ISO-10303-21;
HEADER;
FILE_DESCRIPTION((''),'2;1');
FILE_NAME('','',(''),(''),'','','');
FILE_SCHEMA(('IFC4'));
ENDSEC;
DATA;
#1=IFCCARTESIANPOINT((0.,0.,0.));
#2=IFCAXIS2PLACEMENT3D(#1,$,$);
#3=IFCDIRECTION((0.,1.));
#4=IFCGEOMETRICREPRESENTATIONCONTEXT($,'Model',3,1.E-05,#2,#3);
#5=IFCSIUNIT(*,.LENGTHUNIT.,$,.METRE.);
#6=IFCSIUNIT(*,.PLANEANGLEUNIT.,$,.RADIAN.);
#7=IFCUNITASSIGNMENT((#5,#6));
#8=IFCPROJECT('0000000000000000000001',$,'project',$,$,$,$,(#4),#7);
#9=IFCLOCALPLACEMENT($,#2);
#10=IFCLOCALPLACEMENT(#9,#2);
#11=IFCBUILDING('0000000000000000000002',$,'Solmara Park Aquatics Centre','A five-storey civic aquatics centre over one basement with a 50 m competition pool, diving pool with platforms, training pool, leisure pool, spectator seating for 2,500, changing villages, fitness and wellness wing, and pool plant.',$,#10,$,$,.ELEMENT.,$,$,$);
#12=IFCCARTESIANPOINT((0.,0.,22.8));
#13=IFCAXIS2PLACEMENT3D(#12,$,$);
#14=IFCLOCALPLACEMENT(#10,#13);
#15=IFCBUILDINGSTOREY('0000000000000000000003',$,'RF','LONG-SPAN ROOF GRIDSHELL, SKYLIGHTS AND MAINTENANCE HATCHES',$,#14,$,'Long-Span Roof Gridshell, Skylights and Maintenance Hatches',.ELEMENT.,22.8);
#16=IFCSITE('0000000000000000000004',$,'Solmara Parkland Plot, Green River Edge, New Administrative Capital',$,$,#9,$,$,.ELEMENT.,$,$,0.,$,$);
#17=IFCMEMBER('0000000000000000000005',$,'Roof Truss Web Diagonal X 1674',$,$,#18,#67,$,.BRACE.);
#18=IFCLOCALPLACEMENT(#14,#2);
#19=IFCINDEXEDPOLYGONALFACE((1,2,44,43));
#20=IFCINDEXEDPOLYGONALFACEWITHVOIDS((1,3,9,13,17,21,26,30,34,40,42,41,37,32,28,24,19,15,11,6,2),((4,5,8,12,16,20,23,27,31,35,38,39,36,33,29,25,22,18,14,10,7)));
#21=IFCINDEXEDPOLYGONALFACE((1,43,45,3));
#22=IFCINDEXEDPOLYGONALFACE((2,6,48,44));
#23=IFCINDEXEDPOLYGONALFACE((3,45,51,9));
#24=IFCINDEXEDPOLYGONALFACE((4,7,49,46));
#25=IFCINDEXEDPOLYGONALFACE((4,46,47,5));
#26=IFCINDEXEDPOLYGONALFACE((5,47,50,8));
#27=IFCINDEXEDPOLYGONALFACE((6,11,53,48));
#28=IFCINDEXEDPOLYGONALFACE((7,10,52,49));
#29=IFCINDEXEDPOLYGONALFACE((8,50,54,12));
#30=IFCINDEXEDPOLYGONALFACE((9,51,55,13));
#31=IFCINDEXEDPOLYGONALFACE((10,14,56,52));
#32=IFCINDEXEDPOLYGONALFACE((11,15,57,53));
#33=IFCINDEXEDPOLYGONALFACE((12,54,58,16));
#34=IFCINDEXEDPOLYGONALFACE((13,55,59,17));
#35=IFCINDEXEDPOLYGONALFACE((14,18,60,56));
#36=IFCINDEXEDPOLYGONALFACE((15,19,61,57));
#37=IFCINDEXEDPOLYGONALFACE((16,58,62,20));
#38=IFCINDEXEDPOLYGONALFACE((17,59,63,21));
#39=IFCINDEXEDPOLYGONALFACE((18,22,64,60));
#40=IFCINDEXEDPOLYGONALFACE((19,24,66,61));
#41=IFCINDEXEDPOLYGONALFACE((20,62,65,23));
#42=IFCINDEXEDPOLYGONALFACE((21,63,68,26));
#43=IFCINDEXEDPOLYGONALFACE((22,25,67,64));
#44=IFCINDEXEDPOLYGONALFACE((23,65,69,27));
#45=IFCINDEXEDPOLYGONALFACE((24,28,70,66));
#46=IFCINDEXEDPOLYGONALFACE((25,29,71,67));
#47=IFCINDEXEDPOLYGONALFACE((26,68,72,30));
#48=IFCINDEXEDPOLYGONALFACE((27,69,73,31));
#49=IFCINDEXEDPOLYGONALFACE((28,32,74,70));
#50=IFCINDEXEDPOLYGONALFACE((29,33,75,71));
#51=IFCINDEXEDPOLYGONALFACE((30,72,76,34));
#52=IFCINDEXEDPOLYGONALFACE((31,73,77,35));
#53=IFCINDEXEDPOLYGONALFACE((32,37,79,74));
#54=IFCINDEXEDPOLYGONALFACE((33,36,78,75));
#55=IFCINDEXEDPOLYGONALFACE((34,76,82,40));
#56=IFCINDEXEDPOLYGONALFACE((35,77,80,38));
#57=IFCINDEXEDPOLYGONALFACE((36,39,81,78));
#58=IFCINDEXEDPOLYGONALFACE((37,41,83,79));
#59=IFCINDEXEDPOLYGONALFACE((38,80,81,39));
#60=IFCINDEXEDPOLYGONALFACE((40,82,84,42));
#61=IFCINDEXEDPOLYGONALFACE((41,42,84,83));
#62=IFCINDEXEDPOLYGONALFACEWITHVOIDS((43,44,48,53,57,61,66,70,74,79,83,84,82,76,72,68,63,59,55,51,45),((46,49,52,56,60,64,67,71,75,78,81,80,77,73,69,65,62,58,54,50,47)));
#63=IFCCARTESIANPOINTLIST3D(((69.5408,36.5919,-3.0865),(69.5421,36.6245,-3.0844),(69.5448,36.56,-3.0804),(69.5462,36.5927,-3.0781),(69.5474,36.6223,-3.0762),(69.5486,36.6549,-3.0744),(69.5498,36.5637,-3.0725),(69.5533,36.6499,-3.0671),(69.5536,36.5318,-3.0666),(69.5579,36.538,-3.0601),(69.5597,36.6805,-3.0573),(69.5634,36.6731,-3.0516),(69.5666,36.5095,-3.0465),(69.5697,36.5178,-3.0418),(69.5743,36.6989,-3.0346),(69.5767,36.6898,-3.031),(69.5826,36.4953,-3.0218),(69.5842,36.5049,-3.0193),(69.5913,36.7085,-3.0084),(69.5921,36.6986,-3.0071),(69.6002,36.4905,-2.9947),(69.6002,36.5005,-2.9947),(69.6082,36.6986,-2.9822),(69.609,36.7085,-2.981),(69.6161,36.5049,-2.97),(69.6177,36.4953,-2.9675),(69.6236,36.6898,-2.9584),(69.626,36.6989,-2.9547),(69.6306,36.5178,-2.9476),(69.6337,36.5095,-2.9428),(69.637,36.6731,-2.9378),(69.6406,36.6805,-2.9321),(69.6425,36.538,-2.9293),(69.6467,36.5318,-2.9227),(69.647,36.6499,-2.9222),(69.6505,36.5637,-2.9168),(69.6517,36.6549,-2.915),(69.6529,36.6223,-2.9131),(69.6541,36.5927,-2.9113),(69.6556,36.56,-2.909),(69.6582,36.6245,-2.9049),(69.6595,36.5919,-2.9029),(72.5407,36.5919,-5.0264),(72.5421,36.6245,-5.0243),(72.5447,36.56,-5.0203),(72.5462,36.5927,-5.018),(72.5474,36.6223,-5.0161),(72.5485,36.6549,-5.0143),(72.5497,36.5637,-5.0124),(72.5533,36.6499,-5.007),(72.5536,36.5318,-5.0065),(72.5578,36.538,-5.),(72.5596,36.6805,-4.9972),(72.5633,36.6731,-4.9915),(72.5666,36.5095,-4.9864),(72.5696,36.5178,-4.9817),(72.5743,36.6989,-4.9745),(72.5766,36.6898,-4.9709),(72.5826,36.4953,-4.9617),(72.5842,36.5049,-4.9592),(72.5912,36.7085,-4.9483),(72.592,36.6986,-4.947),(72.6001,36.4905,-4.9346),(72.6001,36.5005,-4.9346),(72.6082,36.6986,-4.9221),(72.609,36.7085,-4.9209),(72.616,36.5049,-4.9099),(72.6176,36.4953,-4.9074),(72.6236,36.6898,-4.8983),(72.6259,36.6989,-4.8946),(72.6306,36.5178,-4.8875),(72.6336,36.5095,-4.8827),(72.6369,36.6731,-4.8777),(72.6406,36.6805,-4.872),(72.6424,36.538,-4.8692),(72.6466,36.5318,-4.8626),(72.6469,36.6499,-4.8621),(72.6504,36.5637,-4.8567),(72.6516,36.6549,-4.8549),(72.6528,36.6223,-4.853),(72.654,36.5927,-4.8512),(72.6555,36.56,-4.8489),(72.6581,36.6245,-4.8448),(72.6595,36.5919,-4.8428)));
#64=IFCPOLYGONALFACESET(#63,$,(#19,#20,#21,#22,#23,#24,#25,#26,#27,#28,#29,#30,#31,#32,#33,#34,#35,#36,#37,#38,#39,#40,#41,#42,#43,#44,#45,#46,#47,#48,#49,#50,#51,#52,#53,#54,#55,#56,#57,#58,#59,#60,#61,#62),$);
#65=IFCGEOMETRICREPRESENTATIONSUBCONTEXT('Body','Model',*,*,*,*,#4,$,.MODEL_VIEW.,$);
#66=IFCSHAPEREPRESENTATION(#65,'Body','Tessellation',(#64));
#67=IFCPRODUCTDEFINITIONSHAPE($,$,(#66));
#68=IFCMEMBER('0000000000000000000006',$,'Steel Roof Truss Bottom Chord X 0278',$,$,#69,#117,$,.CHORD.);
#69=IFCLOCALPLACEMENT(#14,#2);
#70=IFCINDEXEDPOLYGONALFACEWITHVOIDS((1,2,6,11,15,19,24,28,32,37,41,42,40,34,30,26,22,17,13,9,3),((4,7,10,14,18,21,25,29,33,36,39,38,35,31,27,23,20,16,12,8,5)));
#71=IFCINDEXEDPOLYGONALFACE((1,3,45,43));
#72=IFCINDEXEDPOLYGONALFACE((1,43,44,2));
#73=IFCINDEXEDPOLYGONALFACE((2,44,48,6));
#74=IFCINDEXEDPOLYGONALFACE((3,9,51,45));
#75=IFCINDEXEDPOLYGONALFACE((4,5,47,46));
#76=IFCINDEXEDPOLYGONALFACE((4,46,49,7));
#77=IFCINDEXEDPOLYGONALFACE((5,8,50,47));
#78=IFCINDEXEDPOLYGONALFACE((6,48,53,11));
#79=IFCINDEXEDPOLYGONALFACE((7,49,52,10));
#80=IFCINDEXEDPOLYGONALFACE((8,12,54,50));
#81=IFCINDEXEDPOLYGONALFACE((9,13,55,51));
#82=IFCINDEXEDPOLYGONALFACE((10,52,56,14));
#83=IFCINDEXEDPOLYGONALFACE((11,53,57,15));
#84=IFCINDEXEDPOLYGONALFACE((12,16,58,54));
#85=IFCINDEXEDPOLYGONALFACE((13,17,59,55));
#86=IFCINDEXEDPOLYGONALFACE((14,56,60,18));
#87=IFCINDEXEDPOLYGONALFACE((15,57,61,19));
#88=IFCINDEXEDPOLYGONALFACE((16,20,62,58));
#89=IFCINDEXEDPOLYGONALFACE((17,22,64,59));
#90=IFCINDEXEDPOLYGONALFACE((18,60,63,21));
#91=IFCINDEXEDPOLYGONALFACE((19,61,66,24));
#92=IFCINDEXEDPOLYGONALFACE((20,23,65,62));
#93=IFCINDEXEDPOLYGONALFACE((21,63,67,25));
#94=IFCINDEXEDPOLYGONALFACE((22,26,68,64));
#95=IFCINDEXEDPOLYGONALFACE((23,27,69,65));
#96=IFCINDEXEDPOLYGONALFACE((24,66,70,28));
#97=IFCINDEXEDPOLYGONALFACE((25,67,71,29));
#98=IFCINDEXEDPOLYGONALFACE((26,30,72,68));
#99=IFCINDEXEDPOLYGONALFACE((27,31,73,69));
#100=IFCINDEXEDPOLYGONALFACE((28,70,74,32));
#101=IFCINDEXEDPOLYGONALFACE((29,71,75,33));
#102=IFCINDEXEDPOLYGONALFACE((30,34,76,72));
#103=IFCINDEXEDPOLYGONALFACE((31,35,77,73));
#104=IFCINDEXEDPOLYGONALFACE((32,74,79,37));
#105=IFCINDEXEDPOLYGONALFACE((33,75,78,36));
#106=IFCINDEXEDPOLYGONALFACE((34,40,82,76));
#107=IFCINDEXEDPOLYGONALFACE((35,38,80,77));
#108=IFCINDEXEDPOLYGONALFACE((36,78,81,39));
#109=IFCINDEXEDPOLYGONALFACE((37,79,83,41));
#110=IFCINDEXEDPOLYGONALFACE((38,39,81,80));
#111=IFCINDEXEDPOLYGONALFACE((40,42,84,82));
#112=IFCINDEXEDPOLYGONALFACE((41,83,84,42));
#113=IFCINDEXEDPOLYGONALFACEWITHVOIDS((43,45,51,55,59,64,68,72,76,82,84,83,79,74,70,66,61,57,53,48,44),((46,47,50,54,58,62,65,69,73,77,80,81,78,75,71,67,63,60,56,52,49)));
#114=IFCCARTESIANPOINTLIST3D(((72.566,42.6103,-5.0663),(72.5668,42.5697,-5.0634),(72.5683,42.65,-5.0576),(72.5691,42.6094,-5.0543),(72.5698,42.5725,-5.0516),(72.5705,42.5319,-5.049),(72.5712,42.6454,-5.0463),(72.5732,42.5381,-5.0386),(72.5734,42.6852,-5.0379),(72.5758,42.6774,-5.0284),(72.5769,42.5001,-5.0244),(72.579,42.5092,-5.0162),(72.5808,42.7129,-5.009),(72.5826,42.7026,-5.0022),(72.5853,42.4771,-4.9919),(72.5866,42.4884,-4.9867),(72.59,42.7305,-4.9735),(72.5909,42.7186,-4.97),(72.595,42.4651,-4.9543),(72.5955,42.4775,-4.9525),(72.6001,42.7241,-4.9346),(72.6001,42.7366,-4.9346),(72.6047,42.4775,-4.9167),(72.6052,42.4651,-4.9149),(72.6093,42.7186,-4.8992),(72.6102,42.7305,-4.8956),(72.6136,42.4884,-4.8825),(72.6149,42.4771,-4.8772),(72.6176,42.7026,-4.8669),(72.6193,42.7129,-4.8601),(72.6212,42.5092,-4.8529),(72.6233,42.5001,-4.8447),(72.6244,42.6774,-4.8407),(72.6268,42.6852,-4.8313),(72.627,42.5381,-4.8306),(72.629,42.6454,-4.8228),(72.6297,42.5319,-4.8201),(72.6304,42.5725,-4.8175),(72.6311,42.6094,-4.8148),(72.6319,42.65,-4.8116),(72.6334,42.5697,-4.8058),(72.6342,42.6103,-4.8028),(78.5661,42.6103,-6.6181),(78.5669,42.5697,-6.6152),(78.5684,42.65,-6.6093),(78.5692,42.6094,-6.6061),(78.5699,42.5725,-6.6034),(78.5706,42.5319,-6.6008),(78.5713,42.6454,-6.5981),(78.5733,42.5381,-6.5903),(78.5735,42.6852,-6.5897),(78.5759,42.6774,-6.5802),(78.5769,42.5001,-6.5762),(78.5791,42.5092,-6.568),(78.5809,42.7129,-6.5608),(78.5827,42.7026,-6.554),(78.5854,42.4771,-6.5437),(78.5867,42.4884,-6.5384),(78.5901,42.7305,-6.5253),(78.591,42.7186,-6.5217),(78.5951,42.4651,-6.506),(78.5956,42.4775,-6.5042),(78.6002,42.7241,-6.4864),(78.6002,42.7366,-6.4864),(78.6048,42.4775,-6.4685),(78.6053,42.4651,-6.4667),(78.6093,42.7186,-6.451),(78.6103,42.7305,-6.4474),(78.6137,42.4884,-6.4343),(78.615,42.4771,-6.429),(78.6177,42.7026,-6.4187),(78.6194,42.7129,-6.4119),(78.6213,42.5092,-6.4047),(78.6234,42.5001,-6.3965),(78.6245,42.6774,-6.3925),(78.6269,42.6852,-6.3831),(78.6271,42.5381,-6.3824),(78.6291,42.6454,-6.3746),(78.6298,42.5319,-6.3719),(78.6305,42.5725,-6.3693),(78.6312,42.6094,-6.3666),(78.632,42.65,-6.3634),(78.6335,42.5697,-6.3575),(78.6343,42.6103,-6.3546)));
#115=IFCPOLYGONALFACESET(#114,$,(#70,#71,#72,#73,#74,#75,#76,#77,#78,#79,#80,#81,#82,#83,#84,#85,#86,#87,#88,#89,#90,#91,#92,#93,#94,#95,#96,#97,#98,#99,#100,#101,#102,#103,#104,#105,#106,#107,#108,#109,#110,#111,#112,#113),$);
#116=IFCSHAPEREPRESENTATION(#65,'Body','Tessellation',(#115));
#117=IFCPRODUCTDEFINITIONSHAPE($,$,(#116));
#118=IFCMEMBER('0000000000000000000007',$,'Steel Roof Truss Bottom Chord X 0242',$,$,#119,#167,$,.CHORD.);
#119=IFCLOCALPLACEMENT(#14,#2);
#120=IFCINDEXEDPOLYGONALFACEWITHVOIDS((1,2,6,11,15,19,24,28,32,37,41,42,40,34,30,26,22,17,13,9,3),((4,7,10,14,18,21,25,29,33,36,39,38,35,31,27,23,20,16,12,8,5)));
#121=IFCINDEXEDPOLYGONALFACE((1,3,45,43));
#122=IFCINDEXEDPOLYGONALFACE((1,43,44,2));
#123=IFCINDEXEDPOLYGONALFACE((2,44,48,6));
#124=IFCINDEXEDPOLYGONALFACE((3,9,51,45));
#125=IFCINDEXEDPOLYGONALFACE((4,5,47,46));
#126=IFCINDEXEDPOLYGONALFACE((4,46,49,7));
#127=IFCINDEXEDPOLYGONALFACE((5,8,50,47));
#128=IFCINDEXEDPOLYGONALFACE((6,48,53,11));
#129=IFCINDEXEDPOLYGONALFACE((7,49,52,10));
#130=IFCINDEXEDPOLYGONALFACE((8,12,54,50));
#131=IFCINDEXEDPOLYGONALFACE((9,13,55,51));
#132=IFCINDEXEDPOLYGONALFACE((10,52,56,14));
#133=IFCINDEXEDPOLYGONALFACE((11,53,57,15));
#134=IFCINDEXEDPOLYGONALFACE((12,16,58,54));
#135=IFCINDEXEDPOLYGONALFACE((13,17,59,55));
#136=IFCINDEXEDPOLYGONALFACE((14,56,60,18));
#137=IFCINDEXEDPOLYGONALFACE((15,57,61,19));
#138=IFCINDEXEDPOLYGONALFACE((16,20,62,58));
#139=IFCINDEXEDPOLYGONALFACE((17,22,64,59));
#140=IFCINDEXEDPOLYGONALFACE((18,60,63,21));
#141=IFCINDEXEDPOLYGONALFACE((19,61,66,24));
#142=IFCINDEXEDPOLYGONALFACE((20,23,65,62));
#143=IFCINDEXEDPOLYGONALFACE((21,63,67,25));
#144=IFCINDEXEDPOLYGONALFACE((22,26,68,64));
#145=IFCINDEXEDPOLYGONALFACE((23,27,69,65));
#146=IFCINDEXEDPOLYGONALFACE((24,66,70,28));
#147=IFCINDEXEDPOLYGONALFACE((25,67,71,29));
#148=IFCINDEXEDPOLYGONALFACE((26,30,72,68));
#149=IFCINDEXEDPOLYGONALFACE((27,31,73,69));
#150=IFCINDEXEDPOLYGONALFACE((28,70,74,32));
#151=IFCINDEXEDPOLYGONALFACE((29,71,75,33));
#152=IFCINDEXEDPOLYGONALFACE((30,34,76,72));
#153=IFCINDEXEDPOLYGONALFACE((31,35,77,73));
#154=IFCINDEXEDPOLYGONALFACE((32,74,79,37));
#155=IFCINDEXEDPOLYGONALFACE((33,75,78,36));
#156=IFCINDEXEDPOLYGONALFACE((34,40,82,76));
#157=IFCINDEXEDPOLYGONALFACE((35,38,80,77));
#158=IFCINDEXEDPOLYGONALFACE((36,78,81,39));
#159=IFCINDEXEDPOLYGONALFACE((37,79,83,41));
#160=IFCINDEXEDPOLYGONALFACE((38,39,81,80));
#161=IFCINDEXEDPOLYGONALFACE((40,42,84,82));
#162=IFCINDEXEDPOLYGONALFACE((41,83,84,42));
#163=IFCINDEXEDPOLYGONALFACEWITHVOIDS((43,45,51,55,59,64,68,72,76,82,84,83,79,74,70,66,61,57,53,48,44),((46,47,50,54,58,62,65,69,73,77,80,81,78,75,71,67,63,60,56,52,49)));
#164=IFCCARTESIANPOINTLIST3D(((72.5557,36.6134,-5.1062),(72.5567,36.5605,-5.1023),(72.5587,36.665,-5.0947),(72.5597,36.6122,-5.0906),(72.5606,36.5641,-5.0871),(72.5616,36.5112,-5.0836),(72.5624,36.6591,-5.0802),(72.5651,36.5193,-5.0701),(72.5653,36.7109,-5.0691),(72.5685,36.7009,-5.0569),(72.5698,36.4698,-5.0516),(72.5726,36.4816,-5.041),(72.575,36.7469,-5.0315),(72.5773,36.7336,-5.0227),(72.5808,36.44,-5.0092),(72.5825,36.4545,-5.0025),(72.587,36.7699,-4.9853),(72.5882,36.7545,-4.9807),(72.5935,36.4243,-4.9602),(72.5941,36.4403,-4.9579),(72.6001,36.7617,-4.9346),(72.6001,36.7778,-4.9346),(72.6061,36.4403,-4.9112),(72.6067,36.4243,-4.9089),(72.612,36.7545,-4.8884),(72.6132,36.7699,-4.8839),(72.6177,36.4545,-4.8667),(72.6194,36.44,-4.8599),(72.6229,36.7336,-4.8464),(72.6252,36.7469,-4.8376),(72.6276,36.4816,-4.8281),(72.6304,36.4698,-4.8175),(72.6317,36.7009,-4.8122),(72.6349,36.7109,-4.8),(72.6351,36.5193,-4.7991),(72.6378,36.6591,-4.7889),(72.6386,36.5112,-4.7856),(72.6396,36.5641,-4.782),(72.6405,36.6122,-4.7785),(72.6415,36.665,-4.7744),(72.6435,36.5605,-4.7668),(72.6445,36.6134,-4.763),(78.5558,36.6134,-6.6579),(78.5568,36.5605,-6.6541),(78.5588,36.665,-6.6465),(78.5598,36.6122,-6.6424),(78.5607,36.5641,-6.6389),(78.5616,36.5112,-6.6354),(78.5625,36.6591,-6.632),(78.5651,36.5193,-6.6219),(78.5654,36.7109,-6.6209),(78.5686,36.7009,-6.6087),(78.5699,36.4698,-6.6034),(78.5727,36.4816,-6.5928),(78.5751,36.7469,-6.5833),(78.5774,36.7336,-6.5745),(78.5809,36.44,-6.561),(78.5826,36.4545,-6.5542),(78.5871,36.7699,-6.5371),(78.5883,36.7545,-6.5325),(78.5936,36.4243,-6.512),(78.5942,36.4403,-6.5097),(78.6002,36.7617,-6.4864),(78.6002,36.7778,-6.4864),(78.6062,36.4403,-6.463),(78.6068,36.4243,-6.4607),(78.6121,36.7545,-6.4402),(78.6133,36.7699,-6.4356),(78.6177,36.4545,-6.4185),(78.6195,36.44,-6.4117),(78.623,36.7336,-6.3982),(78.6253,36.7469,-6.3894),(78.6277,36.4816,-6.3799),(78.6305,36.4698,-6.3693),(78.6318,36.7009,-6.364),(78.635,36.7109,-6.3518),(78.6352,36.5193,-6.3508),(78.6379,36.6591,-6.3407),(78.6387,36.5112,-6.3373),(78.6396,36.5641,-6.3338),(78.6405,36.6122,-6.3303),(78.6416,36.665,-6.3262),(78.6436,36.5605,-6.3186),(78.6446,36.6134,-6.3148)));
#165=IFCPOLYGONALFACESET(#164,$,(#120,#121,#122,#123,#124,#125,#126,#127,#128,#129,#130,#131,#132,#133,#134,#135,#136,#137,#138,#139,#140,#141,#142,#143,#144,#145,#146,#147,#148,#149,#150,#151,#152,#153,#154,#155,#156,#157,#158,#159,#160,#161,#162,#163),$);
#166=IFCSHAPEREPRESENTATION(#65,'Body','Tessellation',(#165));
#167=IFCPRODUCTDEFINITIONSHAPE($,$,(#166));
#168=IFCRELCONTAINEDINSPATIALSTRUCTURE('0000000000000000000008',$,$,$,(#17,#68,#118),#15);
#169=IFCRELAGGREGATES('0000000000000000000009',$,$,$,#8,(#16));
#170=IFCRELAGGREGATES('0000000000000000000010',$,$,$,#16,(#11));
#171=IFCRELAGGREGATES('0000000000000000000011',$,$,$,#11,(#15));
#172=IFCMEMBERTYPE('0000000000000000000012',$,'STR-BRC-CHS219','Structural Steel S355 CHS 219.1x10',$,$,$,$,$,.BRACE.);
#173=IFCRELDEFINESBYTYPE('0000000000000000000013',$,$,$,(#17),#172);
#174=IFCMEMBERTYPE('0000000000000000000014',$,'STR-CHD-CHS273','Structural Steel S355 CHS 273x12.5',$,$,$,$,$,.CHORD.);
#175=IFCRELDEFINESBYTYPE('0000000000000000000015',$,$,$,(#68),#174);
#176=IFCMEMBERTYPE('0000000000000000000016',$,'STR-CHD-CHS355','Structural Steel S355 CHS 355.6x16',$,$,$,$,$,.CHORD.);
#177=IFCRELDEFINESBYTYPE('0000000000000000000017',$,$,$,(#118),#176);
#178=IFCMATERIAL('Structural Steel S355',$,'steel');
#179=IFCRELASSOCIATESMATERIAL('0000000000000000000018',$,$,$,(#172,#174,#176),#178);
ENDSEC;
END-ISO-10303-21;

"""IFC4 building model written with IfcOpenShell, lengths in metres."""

from ifc_helpers import new_model, si_unit, direction, frame, origin, origin_2d, place, context, subcontext, project, spatial, hollow_circle, extrude, material, material_profile, profile_set, type_object, element, save


model = new_model("IFC4")

# Units and contexts
model_context = context("Model", 3, precision=1e-05, world=origin(), true_north=direction((0.0, 1.0)))
body_context = subcontext(model_context, "Body", "Model", "MODEL_VIEW")
ifc_project = project(units=[si_unit("LENGTHUNIT", "METRE"), si_unit("PLANEANGLEUNIT", "RADIAN")], contexts=[model_context])

# Site, building, storey
site_placement = place(None, origin())
site = spatial("IfcSite", under=ifc_project, at=site_placement, Name="Solmara Parkland Plot, Green River Edge, New Administrative Capital", CompositionType="ELEMENT", RefElevation=0.0)
building_placement = place(site_placement, origin())
building = spatial("IfcBuilding", under=site, at=building_placement, Name="Solmara Park Aquatics Centre", Description="A five-storey civic aquatics centre over one basement with a 50 m competition pool, diving pool with platforms, training pool, leisure pool, spectator seating for 2,500, changing villages, fitness and wellness wing, and pool plant.", CompositionType="ELEMENT")
storey_placement = place(building_placement, frame((0.0, 0.0, 22.8)))
storey = spatial("IfcBuildingStorey", under=building, at=storey_placement, Name="RF", Description="LONG-SPAN ROOF GRIDSHELL, SKYLIGHTS AND MAINTENANCE HATCHES", LongName="Long-Span Roof Gridshell, Skylights and Maintenance Hatches", CompositionType="ELEMENT", Elevation=22.8)

# Members
ifc_material_1 = material(Name="Structural Steel S355", Category="steel")
ifc_material_profile_1 = material_profile(ifc_material_1, hollow_circle(Radius=0.1096, WallThickness=0.01, at=origin_2d()), Name="CHS 219.1x10")
ifc_profile_set_1 = profile_set([ifc_material_profile_1], Name="Structural Steel S355")
member_type_1 = type_object("IfcMemberType", Name="STR-BRC-CHS219", Description="Structural Steel S355 CHS 219.1x10", PredefinedType="BRACE", material=ifc_profile_set_1)
member_1_placement = place(storey_placement, frame((72.6001, 36.6001, -4.9346), z_axis=(-0.839728, 0.0, 0.543008), x_axis=(0.0, -1.0, 0.0)))
element("IfcMember", 1, at=member_1_placement, inside=storey, type_object=member_type_1, Name="Roof Truss Web Diagonal X 1674", PredefinedType="BRACE", context=body_context, shape_type="SweptSolid", body=[
    extrude(hollow_circle(Radius=0.1096, WallThickness=0.01, at=origin_2d()), origin(), (0.0, 0.0, 1.0), 3.5725),
])
ifc_material_profile_2 = material_profile(ifc_material_1, hollow_circle(Radius=0.1365, WallThickness=0.0125, at=origin_2d()), Name="CHS 273x12.5")
ifc_profile_set_2 = profile_set([ifc_material_profile_2], Name="Structural Steel S355")
member_type_2 = type_object("IfcMemberType", Name="STR-CHD-CHS273", Description="Structural Steel S355 CHS 273x12.5", PredefinedType="CHORD", material=ifc_profile_set_2)
member_2_placement = place(storey_placement, frame((72.6001, 42.6001, -4.9346), z_axis=(0.968146, 0.0, -0.250388), x_axis=(0.0, 1.0, 0.0)))
element("IfcMember", 2, at=member_2_placement, inside=storey, type_object=member_type_2, Name="Steel Roof Truss Bottom Chord X 0278", PredefinedType="CHORD", context=body_context, shape_type="SweptSolid", body=[
    extrude(hollow_circle(Radius=0.1365, WallThickness=0.0125, at=origin_2d()), origin(), (0.0, 0.0, 1.0), 6.1975),
])
ifc_material_profile_3 = material_profile(ifc_material_1, hollow_circle(Radius=0.1777, WallThickness=0.0161, at=origin_2d()), Name="CHS 355.6x16")
ifc_profile_set_3 = profile_set([ifc_material_profile_3], Name="Structural Steel S355")
member_type_3 = type_object("IfcMemberType", Name="STR-CHD-CHS355", Description="Structural Steel S355 CHS 355.6x16", PredefinedType="CHORD", material=ifc_profile_set_3)
member_3_placement = place(storey_placement, frame((72.6001, 36.6001, -4.9346), z_axis=(0.968146, 0.0, -0.250388), x_axis=(0.0, 1.0, 0.0)))
element("IfcMember", 3, at=member_3_placement, inside=storey, type_object=member_type_3, Name="Steel Roof Truss Bottom Chord X 0242", PredefinedType="CHORD", context=body_context, shape_type="SweptSolid", body=[
    extrude(hollow_circle(Radius=0.1777, WallThickness=0.0161, at=origin_2d()), origin(), (0.0, 0.0, 1.0), 6.1975),
])

save(model, "model.ifc")
